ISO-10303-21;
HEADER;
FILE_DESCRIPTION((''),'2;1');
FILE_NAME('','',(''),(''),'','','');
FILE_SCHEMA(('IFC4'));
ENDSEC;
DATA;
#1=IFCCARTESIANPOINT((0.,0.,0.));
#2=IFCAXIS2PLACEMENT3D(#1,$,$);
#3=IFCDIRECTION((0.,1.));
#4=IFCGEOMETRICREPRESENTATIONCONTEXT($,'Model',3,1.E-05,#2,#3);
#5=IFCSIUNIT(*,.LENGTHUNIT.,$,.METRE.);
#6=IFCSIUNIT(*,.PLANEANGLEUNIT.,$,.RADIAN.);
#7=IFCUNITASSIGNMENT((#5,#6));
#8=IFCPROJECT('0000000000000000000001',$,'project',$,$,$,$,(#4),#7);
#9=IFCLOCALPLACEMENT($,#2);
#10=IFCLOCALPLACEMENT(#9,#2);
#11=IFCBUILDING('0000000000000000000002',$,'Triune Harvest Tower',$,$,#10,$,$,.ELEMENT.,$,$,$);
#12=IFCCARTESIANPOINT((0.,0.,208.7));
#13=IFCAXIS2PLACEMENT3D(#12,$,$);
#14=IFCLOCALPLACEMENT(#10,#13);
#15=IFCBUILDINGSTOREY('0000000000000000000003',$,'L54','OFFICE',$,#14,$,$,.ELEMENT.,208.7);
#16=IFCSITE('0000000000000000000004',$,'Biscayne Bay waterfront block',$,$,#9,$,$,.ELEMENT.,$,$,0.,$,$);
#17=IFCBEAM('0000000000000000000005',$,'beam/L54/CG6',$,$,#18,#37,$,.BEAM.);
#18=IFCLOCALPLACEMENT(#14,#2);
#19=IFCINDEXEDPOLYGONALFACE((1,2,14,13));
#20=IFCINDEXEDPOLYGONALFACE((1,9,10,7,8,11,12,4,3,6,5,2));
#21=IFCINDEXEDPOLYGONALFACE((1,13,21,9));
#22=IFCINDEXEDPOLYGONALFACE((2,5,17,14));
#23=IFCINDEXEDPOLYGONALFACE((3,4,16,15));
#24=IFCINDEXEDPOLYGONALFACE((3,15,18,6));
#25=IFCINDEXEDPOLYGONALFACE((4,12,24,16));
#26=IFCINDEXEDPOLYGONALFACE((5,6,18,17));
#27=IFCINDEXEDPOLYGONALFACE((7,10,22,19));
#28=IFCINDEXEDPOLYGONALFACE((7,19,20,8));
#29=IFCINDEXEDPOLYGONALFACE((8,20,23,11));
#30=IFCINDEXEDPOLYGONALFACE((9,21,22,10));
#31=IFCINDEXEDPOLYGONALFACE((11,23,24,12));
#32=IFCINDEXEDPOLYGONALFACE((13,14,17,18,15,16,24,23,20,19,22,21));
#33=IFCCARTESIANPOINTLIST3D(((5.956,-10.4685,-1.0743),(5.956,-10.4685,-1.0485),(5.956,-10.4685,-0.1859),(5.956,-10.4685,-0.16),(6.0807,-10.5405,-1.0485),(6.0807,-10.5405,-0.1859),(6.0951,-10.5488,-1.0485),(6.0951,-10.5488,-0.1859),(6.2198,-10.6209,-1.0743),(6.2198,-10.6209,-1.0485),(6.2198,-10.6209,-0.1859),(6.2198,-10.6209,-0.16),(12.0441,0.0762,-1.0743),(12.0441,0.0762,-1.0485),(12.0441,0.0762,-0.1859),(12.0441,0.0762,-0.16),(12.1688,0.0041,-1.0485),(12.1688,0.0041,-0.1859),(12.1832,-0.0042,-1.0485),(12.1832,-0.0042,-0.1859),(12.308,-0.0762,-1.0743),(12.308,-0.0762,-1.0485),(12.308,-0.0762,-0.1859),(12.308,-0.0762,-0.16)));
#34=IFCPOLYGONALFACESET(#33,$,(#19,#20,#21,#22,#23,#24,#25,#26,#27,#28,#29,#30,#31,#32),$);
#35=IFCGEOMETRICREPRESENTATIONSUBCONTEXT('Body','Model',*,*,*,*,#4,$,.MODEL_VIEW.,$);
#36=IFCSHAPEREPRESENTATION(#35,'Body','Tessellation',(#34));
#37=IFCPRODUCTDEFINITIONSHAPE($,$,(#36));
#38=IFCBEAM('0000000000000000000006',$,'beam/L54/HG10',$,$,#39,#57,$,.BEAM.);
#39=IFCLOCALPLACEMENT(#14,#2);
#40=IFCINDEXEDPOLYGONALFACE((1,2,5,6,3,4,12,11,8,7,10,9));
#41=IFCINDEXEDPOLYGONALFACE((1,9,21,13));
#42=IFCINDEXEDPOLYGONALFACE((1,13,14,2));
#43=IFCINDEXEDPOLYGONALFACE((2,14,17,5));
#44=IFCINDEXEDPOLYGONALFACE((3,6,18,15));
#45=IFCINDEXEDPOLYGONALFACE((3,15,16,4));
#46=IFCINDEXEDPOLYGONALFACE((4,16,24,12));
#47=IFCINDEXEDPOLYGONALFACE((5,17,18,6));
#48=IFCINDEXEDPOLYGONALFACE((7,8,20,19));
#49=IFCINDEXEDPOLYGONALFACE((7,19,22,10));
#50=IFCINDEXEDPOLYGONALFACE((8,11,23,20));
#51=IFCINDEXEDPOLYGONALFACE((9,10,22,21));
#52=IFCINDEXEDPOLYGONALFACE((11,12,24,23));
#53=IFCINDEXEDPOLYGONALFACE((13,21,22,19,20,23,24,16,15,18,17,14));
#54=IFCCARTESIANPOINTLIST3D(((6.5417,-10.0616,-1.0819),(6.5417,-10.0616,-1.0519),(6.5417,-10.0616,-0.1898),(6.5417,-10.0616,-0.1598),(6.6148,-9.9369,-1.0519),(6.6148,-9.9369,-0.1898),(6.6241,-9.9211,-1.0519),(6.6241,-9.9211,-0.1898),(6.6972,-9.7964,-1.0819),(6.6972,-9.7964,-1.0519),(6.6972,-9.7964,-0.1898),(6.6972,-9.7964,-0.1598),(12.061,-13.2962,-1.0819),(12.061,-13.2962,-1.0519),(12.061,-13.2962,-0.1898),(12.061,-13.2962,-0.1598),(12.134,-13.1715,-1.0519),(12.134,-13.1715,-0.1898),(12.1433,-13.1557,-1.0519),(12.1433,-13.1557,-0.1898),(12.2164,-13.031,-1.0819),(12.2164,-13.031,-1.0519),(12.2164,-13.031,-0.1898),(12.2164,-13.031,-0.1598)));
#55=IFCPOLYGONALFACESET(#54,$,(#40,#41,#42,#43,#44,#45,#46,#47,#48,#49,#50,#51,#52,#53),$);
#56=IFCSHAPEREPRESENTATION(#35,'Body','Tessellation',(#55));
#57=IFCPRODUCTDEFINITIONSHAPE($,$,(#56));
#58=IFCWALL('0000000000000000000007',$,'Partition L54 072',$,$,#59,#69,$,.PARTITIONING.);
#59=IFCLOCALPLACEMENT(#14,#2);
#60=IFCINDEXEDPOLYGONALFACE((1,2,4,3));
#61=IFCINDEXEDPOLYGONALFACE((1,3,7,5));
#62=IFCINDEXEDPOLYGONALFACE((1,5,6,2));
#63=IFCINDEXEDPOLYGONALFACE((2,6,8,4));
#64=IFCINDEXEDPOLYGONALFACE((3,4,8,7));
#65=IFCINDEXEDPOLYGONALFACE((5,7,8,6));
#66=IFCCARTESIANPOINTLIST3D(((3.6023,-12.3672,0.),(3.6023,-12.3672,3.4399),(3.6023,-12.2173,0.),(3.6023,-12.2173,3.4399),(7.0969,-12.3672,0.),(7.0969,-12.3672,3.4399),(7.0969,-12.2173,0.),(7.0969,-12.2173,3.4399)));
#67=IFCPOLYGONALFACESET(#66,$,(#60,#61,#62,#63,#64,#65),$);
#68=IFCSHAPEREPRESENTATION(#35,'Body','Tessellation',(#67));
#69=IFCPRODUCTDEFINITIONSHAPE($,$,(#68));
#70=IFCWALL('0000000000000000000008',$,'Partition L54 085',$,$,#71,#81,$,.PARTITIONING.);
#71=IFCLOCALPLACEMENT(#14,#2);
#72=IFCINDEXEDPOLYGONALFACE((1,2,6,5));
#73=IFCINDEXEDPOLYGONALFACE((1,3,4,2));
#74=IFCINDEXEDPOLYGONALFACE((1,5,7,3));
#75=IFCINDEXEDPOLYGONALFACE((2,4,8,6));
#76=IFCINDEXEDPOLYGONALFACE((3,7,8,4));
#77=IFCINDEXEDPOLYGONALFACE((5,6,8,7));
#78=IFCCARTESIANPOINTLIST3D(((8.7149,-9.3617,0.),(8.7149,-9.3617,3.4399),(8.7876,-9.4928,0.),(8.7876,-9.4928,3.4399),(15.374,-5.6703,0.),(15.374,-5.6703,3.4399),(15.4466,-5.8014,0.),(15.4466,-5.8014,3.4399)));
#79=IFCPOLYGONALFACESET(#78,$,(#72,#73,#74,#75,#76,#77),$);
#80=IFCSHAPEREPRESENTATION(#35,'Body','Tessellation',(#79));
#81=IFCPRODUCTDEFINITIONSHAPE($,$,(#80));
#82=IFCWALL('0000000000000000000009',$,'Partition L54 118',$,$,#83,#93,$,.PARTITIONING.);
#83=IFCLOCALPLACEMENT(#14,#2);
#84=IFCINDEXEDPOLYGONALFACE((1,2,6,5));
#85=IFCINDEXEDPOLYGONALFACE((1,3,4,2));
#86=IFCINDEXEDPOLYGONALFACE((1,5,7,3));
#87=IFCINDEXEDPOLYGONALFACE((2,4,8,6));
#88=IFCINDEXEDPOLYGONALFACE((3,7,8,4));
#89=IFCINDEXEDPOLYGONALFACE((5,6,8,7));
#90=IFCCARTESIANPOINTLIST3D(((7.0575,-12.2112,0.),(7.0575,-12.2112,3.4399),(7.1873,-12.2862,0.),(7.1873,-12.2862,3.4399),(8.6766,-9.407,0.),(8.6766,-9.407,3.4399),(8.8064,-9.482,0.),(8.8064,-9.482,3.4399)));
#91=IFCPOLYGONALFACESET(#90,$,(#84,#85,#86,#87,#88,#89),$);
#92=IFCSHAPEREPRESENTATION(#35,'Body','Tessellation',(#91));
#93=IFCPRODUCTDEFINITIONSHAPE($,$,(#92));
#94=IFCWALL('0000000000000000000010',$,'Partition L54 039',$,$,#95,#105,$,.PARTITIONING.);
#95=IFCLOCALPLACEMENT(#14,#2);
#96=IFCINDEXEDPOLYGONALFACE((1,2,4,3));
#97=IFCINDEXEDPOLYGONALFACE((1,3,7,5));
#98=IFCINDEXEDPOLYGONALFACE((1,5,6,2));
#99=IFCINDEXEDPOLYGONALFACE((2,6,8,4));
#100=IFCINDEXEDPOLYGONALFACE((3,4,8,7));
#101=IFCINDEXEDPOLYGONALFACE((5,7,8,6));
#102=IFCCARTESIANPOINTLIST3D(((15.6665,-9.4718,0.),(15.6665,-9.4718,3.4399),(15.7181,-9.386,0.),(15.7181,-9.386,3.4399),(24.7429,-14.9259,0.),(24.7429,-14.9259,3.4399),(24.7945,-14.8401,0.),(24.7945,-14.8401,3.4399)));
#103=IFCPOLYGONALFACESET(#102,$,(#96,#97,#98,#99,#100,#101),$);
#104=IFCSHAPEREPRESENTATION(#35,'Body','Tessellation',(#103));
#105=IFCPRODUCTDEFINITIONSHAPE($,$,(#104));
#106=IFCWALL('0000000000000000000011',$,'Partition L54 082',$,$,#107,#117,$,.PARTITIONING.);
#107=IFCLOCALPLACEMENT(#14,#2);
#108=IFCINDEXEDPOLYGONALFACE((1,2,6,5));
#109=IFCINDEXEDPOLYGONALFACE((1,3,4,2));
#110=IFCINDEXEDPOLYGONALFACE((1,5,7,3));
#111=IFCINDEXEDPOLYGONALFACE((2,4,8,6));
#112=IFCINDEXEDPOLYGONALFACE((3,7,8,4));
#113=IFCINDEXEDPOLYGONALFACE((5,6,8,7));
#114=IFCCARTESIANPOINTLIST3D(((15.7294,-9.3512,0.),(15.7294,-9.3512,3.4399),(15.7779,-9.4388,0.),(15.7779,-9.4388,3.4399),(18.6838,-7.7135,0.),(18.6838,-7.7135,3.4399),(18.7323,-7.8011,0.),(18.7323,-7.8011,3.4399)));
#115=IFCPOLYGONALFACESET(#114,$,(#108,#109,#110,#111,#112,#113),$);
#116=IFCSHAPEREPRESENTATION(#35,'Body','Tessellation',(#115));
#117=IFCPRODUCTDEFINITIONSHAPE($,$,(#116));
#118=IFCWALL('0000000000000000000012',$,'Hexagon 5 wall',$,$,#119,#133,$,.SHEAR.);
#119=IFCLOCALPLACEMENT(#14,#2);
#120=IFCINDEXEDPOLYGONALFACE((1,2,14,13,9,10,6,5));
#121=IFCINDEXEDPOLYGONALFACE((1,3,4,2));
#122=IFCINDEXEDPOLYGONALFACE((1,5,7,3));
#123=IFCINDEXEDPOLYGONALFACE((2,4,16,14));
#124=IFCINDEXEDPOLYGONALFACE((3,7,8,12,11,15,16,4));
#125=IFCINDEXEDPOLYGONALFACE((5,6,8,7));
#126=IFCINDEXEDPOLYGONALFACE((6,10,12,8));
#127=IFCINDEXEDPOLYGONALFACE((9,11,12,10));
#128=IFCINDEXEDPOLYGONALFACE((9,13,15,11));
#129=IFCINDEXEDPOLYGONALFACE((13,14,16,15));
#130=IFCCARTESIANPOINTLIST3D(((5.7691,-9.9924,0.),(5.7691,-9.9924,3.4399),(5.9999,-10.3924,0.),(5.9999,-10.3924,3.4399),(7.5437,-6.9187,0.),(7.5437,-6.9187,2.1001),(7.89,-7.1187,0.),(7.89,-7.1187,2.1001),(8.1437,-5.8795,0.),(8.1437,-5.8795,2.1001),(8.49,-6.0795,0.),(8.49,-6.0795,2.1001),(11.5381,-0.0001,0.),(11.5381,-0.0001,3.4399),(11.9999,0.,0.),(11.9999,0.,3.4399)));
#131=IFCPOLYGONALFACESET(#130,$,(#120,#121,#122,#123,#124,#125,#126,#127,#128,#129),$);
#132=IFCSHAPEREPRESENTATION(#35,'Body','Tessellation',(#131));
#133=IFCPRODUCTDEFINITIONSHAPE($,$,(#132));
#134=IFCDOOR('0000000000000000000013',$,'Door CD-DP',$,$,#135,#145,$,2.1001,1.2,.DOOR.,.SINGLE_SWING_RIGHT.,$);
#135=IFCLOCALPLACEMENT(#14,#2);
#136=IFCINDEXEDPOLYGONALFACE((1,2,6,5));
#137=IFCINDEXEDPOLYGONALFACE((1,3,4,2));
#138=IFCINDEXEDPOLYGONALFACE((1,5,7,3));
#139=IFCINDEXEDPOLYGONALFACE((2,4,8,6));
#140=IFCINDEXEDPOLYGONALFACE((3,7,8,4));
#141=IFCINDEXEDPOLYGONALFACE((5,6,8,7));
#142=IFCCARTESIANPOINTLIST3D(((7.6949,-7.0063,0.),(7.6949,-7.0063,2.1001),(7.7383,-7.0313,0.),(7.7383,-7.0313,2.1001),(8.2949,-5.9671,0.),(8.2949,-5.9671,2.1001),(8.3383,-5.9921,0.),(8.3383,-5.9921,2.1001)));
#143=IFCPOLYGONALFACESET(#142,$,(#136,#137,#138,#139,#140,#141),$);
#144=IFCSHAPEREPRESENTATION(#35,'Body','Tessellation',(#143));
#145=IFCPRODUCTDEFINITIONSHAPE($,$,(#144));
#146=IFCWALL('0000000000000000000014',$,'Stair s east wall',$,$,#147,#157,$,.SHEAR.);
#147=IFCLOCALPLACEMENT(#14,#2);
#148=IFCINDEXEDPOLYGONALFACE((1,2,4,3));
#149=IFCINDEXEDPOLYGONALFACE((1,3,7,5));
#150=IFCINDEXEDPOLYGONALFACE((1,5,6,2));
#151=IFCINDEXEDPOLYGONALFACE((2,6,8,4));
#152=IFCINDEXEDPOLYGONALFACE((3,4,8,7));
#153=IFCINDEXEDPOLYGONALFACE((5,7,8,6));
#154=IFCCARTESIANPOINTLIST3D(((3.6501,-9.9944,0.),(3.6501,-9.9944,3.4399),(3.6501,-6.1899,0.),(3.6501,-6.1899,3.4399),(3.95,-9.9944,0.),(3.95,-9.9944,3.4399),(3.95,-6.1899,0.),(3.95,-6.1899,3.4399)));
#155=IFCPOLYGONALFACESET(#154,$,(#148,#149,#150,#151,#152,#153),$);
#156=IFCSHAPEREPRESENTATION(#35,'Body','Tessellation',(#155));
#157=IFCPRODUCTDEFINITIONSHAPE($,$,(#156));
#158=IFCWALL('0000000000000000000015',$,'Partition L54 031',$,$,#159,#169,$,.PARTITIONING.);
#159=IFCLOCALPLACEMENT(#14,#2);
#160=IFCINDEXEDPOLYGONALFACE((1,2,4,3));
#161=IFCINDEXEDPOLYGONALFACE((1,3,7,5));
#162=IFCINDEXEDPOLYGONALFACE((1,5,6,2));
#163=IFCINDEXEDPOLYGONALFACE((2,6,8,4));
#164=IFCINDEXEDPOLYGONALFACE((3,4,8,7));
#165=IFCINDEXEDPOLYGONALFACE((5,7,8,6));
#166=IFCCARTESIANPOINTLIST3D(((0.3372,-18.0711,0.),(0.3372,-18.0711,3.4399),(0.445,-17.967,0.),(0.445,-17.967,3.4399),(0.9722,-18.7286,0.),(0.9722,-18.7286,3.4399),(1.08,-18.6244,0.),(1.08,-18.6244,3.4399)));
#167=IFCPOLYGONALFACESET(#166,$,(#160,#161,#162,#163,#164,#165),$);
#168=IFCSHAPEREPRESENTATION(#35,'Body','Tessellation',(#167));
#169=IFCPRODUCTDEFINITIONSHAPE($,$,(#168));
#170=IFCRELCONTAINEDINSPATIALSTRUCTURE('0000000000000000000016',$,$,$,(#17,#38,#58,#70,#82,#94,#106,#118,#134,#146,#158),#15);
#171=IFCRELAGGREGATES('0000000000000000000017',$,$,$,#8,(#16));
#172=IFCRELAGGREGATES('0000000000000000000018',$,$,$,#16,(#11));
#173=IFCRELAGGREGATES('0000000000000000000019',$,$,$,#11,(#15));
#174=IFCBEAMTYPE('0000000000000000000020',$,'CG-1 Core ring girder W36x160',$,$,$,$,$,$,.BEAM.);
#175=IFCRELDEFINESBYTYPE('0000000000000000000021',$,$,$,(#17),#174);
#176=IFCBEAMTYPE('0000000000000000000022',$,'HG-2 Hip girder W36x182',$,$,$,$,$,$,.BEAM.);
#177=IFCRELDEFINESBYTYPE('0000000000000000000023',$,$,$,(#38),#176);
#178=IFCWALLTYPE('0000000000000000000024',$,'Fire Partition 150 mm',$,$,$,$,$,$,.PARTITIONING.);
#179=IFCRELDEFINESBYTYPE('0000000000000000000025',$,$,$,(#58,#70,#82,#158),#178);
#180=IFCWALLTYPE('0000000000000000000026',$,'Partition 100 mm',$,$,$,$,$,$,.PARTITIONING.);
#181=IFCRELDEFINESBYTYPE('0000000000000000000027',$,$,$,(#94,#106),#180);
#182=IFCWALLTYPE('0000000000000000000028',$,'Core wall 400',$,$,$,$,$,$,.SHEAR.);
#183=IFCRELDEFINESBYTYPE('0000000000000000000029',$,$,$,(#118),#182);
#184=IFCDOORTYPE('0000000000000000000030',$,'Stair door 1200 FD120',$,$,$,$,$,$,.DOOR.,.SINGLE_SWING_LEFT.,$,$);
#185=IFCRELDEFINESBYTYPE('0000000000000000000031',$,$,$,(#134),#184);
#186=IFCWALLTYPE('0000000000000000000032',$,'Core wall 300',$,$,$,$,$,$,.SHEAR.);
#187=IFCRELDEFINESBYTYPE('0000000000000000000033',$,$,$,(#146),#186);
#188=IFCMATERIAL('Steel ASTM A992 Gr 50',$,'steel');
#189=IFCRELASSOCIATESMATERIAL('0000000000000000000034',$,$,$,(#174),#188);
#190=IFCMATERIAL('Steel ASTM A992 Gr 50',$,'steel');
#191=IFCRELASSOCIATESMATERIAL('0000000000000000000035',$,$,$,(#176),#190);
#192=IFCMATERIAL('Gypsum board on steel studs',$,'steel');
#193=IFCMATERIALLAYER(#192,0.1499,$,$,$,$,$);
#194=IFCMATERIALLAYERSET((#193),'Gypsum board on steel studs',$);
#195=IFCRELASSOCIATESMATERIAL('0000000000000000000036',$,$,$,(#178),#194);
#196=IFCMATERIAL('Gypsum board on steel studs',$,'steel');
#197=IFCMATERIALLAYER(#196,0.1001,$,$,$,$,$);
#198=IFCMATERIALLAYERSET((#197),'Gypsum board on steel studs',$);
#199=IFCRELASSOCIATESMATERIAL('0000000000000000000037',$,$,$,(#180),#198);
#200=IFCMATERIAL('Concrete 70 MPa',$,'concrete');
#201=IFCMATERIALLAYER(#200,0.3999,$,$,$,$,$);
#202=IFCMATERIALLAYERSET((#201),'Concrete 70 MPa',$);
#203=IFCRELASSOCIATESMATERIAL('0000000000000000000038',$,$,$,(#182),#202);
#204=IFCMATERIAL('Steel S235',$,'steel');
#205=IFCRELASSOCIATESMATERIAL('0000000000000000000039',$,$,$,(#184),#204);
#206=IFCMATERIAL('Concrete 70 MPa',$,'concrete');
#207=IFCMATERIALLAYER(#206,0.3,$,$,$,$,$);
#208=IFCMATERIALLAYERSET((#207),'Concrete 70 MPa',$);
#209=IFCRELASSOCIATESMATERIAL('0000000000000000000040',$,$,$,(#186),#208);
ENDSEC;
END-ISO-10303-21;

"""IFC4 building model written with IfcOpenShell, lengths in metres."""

from ifc_helpers import new_model, si_unit, direction, frame, frame_2d, origin, origin_2d, place, context, subcontext, project, spatial, polyline, rectangle, i_section, outline, extrude, source, transform, mapped, material, layer, layer_set, material_profile, profile_set, type_object, element, fill, save


model = new_model("IFC4")

# Units and contexts
model_context = context("Model", 3, precision=1e-05, world=origin(), true_north=direction((0.0, 1.0)))
body_context = subcontext(model_context, "Body", "Model", "MODEL_VIEW")
ifc_project = project(units=[si_unit("LENGTHUNIT", "METRE"), si_unit("PLANEANGLEUNIT", "RADIAN")], contexts=[model_context])

# Site, building, storey
site_placement = place(None, origin())
site = spatial("IfcSite", under=ifc_project, at=site_placement, Name="Biscayne Bay waterfront block", CompositionType="ELEMENT", RefElevation=0.0)
building_placement = place(site_placement, origin())
building = spatial("IfcBuilding", under=site, at=building_placement, Name="Triune Harvest Tower", CompositionType="ELEMENT")
storey_placement = place(building_placement, frame((0.0, 0.0, 208.7)))
storey = spatial("IfcBuildingStorey", under=building, at=storey_placement, Name="L54", Description="OFFICE", CompositionType="ELEMENT", Elevation=208.7)

# Beams
ifc_material_1 = material(Name="Steel ASTM A992 Gr 50", Category="steel")
ifc_material_profile_1 = material_profile(ifc_material_1, i_section(OverallWidth=0.3047, OverallDepth=0.9143, WebThickness=0.0166, FlangeThickness=0.0259, at=origin_2d()), Name="W36x160")
ifc_profile_set_1 = profile_set([ifc_material_profile_1], Name="Steel ASTM A992 Gr 50")
beam_type_1 = type_object("IfcBeamType", Name="CG-1 Core ring girder W36x160", PredefinedType="BEAM", material=ifc_profile_set_1)
shared_shape_1 = source(origin(), body_context, "Body", "SweptSolid", [
    extrude(i_section(OverallWidth=0.3047, OverallDepth=0.9143, WebThickness=0.0166, FlangeThickness=0.0259, at=origin_2d()), origin(), (0.0, 0.0, 1.0), 12.176),
])
beam_1_placement = place(storey_placement, frame((6.0879, -10.5447, -0.6172), z_axis=(0.50001, 0.86602, 0.0), x_axis=(-0.86602, 0.50001, 0.0)))
element("IfcBeam", 1, at=beam_1_placement, inside=storey, type_object=beam_type_1, Name="beam/L54/CG6", PredefinedType="BEAM", context=body_context, shape_type="MappedRepresentation", body=[
    mapped(shared_shape_1, transform((0.0, 0.0, 0.0), scale=1.0)),
])
ifc_material_2 = material(Name="Steel ASTM A992 Gr 50", Category="steel")
ifc_material_profile_2 = material_profile(ifc_material_2, i_section(OverallWidth=0.3074, OverallDepth=0.9221, WebThickness=0.0183, FlangeThickness=0.03, at=origin_2d()), Name="W36x182")
ifc_profile_set_2 = profile_set([ifc_material_profile_2], Name="Steel ASTM A992 Gr 50")
beam_type_2 = type_object("IfcBeamType", Name="HG-2 Hip girder W36x182", PredefinedType="BEAM", material=ifc_profile_set_2)
shared_shape_2 = source(origin(), body_context, "Body", "SweptSolid", [
    extrude(i_section(OverallWidth=0.3074, OverallDepth=0.9221, WebThickness=0.0183, FlangeThickness=0.03, at=origin_2d()), origin(), (0.0, 0.0, 1.0), 6.3972),
])
beam_2_placement = place(storey_placement, frame((12.1387, -13.1636, -0.6208), z_axis=(-0.862754, 0.505624, 0.0), x_axis=(-0.505624, -0.862754, 0.0)))
element("IfcBeam", 2, at=beam_2_placement, inside=storey, type_object=beam_type_2, Name="beam/L54/HG10", PredefinedType="BEAM", context=body_context, shape_type="MappedRepresentation", body=[
    mapped(shared_shape_2, transform((0.0, 0.0, 0.0), scale=1.0)),
])

# Walls
ifc_material_3 = material(Name="Gypsum board on steel studs", Category="steel")
ifc_layer_1 = layer(ifc_material_3, 0.1499)
ifc_layer_set_1 = layer_set([ifc_layer_1], Name="Gypsum board on steel studs")
wall_type_1 = type_object("IfcWallType", Name="Fire Partition 150 mm", PredefinedType="PARTITIONING", material=ifc_layer_set_1)
wall_1_placement = place(storey_placement, frame((3.6023, -12.2922, 0.0), z_axis=(0.0, 0.0, 1.0), x_axis=(1.0, 0.0, 0.0)))
element("IfcWall", 3, at=wall_1_placement, inside=storey, type_object=wall_type_1, Name="Partition L54 072", PredefinedType="PARTITIONING", context=body_context, shape_type="SweptSolid", body=[
    extrude(rectangle(XDim=3.4946, YDim=0.1499, at=frame_2d((1.7473, 0.0))), origin(), (0.0, 0.0, 1.0), 3.4399),
])
wall_2_placement = place(storey_placement, frame((8.7512, -9.4272, 0.0), z_axis=(0.0, 0.0, 1.0), x_axis=(0.874611, 0.484826, 0.0)))
element("IfcWall", 4, at=wall_2_placement, inside=storey, type_object=wall_type_1, Name="Partition L54 085", PredefinedType="PARTITIONING", context=body_context, shape_type="SweptSolid", body=[
    extrude(rectangle(XDim=7.6138, YDim=0.1499, at=frame_2d((3.8069, 0.0))), origin(), (0.0, 0.0, 1.0), 3.4399),
])
wall_3_placement = place(storey_placement, frame((7.1223, -12.2488, 0.0), z_axis=(0.0, 0.0, 1.0), x_axis=(0.500031, 0.866007, 0.0)))
element("IfcWall", 5, at=wall_3_placement, inside=storey, type_object=wall_type_1, Name="Partition L54 118", PredefinedType="PARTITIONING", context=body_context, shape_type="SweptSolid", body=[
    extrude(rectangle(XDim=3.238, YDim=0.1499, at=frame_2d((1.6191, 0.0))), origin(), (0.0, 0.0, 1.0), 3.4399),
])
ifc_material_4 = material(Name="Gypsum board on steel studs", Category="steel")
ifc_layer_2 = layer(ifc_material_4, 0.1001)
ifc_layer_set_2 = layer_set([ifc_layer_2], Name="Gypsum board on steel studs")
wall_type_2 = type_object("IfcWallType", Name="Partition 100 mm", PredefinedType="PARTITIONING", material=ifc_layer_set_2)
wall_4_placement = place(storey_placement, frame((15.6924, -9.429, 0.0), z_axis=(0.0, 0.0, 1.0), x_axis=(0.857149, -0.515069, 0.0)))
element("IfcWall", 6, at=wall_4_placement, inside=storey, type_object=wall_type_2, Name="Partition L54 039", PredefinedType="PARTITIONING", context=body_context, shape_type="SweptSolid", body=[
    extrude(rectangle(XDim=10.5891, YDim=0.1001, at=frame_2d((5.2944, 0.0))), origin(), (0.0, 0.0, 1.0), 3.4399),
])
wall_5_placement = place(storey_placement, frame((15.7537, -9.395, 0.0), z_axis=(0.0, 0.0, 1.0), x_axis=(0.87461, 0.484827, 0.0)))
element("IfcWall", 7, at=wall_5_placement, inside=storey, type_object=wall_type_2, Name="Partition L54 082", PredefinedType="PARTITIONING", context=body_context, shape_type="SweptSolid", body=[
    extrude(rectangle(XDim=3.3779, YDim=0.1001, at=frame_2d((1.689, 0.0))), origin(), (0.0, 0.0, 1.0), 3.4399),
])

# Wall, opening, door
ifc_material_5 = material(Name="Concrete 70 MPa", Category="concrete")
ifc_layer_3 = layer(ifc_material_5, 0.3999)
ifc_layer_set_3 = layer_set([ifc_layer_3], Name="Concrete 70 MPa")
wall_type_3 = type_object("IfcWallType", Name="Core wall 400", PredefinedType="SHEAR", material=ifc_layer_set_3)
shared_shape_3 = source(origin(), body_context, "Body", "SweptSolid", [
    extrude(outline(polyline([(-0.1155, -0.2), (11.8845, -0.2), (11.6536, 0.2), (0.1155, 0.2), (-0.1155, -0.2)])), origin(), (0.0, 0.0, 1.0), 3.4399),
])
wall_6_placement = place(storey_placement, frame((5.8845, -10.1924, 0.0), z_axis=(0.0, 0.0, 1.0), x_axis=(0.499997, 0.866027, 0.0)))
wall_6 = element("IfcWall", 8, at=wall_6_placement, inside=storey, type_object=wall_type_3, Name="Hexagon 5 wall", PredefinedType="SHEAR", context=body_context, shape_type="MappedRepresentation", body=[
    mapped(shared_shape_3, transform((0.0, 0.0, 0.0), scale=1.0)),
])
opening_placement = place(wall_6_placement, frame((3.6646, 0.0, 0.0)))
opening = element("IfcOpeningElement", 9, at=opening_placement, cuts=wall_6, PredefinedType="OPENING", context=body_context, shape_type="SweptSolid", body=[
    extrude(rectangle(XDim=1.2, YDim=2.1001, at=frame_2d((0.6001, 1.05))), frame((0.0, 0.21, 0.0), z_axis=(0.0, -1.0, 0.0), x_axis=(1.0, 0.0, 0.0)), (0.0, 0.0, 1.0), 0.4199),
])
ifc_material_6 = material(Name="Steel S235", Category="steel")
door_type = type_object("IfcDoorType", Name="Stair door 1200 FD120", OperationType="SINGLE_SWING_LEFT", PredefinedType="DOOR", material=ifc_material_6)
door_placement = place(opening_placement, frame((1.2, 0.0, 0.0), z_axis=(0.0, 0.0, 1.0), x_axis=(-1.0, 0.0, 0.0)))
door = element("IfcDoor", 10, at=door_placement, inside=storey, type_object=door_type, Name="Door CD-DP", OperationType="SINGLE_SWING_RIGHT", OverallHeight=2.1001, OverallWidth=1.2, PredefinedType="DOOR", context=body_context, shape_type="SweptSolid", body=[
    extrude(rectangle(XDim=1.2, YDim=2.1001, at=frame_2d((0.6001, 1.05))), frame((0.0, 0.0249, 0.0), z_axis=(0.0, -1.0, 0.0), x_axis=(1.0, 0.0, 0.0)), (0.0, 0.0, 1.0), 0.05),
])
fill(opening, door)

# Walls
ifc_material_7 = material(Name="Concrete 70 MPa", Category="concrete")
ifc_layer_4 = layer(ifc_material_7, 0.3)
ifc_layer_set_4 = layer_set([ifc_layer_4], Name="Concrete 70 MPa")
wall_type_4 = type_object("IfcWallType", Name="Core wall 300", PredefinedType="SHEAR", material=ifc_layer_set_4)
shared_shape_4 = source(origin(), body_context, "Body", "SweptSolid", [
    extrude(outline(polyline([(3.8, -0.1499), (-0.0044, -0.1499), (-0.0044, 0.1499), (3.8, 0.1499), (3.8, -0.1499)])), origin(), (0.0, 0.0, 1.0), 3.4399),
])
wall_7_placement = place(storey_placement, frame((3.8, -9.99, 0.0), z_axis=(0.0, 0.0, 1.0), x_axis=(0.0, 1.0, 0.0)))
element("IfcWall", 11, at=wall_7_placement, inside=storey, type_object=wall_type_4, Name="Stair s east wall", PredefinedType="SHEAR", context=body_context, shape_type="MappedRepresentation", body=[
    mapped(shared_shape_4, transform((0.0, 0.0, 0.0), scale=1.0)),
])
shared_shape_5 = source(origin(), body_context, "Body", "SweptSolid", [
    extrude(rectangle(XDim=0.9141, YDim=0.1499, at=frame_2d((0.457, 0.0))), origin(), (0.0, 0.0, 1.0), 3.4399),
])
for number, where, z_axis, x_axis, name in (
    (12, (0.3911, -18.019, 0.0), (0.0, 0.0, 1.0), (0.694714, -0.719286, 0.0), "Partition L54 031"),
):
    element("IfcWall", number, at=place(storey_placement, frame(where, z_axis=z_axis, x_axis=x_axis)), inside=storey, type_object=wall_type_1, Name=name, PredefinedType="PARTITIONING", context=body_context, shape_type="MappedRepresentation", body=[
        mapped(shared_shape_5, transform((0.0, 0.0, 0.0), scale=1.0)),
    ])

save(model, "model.ifc")
